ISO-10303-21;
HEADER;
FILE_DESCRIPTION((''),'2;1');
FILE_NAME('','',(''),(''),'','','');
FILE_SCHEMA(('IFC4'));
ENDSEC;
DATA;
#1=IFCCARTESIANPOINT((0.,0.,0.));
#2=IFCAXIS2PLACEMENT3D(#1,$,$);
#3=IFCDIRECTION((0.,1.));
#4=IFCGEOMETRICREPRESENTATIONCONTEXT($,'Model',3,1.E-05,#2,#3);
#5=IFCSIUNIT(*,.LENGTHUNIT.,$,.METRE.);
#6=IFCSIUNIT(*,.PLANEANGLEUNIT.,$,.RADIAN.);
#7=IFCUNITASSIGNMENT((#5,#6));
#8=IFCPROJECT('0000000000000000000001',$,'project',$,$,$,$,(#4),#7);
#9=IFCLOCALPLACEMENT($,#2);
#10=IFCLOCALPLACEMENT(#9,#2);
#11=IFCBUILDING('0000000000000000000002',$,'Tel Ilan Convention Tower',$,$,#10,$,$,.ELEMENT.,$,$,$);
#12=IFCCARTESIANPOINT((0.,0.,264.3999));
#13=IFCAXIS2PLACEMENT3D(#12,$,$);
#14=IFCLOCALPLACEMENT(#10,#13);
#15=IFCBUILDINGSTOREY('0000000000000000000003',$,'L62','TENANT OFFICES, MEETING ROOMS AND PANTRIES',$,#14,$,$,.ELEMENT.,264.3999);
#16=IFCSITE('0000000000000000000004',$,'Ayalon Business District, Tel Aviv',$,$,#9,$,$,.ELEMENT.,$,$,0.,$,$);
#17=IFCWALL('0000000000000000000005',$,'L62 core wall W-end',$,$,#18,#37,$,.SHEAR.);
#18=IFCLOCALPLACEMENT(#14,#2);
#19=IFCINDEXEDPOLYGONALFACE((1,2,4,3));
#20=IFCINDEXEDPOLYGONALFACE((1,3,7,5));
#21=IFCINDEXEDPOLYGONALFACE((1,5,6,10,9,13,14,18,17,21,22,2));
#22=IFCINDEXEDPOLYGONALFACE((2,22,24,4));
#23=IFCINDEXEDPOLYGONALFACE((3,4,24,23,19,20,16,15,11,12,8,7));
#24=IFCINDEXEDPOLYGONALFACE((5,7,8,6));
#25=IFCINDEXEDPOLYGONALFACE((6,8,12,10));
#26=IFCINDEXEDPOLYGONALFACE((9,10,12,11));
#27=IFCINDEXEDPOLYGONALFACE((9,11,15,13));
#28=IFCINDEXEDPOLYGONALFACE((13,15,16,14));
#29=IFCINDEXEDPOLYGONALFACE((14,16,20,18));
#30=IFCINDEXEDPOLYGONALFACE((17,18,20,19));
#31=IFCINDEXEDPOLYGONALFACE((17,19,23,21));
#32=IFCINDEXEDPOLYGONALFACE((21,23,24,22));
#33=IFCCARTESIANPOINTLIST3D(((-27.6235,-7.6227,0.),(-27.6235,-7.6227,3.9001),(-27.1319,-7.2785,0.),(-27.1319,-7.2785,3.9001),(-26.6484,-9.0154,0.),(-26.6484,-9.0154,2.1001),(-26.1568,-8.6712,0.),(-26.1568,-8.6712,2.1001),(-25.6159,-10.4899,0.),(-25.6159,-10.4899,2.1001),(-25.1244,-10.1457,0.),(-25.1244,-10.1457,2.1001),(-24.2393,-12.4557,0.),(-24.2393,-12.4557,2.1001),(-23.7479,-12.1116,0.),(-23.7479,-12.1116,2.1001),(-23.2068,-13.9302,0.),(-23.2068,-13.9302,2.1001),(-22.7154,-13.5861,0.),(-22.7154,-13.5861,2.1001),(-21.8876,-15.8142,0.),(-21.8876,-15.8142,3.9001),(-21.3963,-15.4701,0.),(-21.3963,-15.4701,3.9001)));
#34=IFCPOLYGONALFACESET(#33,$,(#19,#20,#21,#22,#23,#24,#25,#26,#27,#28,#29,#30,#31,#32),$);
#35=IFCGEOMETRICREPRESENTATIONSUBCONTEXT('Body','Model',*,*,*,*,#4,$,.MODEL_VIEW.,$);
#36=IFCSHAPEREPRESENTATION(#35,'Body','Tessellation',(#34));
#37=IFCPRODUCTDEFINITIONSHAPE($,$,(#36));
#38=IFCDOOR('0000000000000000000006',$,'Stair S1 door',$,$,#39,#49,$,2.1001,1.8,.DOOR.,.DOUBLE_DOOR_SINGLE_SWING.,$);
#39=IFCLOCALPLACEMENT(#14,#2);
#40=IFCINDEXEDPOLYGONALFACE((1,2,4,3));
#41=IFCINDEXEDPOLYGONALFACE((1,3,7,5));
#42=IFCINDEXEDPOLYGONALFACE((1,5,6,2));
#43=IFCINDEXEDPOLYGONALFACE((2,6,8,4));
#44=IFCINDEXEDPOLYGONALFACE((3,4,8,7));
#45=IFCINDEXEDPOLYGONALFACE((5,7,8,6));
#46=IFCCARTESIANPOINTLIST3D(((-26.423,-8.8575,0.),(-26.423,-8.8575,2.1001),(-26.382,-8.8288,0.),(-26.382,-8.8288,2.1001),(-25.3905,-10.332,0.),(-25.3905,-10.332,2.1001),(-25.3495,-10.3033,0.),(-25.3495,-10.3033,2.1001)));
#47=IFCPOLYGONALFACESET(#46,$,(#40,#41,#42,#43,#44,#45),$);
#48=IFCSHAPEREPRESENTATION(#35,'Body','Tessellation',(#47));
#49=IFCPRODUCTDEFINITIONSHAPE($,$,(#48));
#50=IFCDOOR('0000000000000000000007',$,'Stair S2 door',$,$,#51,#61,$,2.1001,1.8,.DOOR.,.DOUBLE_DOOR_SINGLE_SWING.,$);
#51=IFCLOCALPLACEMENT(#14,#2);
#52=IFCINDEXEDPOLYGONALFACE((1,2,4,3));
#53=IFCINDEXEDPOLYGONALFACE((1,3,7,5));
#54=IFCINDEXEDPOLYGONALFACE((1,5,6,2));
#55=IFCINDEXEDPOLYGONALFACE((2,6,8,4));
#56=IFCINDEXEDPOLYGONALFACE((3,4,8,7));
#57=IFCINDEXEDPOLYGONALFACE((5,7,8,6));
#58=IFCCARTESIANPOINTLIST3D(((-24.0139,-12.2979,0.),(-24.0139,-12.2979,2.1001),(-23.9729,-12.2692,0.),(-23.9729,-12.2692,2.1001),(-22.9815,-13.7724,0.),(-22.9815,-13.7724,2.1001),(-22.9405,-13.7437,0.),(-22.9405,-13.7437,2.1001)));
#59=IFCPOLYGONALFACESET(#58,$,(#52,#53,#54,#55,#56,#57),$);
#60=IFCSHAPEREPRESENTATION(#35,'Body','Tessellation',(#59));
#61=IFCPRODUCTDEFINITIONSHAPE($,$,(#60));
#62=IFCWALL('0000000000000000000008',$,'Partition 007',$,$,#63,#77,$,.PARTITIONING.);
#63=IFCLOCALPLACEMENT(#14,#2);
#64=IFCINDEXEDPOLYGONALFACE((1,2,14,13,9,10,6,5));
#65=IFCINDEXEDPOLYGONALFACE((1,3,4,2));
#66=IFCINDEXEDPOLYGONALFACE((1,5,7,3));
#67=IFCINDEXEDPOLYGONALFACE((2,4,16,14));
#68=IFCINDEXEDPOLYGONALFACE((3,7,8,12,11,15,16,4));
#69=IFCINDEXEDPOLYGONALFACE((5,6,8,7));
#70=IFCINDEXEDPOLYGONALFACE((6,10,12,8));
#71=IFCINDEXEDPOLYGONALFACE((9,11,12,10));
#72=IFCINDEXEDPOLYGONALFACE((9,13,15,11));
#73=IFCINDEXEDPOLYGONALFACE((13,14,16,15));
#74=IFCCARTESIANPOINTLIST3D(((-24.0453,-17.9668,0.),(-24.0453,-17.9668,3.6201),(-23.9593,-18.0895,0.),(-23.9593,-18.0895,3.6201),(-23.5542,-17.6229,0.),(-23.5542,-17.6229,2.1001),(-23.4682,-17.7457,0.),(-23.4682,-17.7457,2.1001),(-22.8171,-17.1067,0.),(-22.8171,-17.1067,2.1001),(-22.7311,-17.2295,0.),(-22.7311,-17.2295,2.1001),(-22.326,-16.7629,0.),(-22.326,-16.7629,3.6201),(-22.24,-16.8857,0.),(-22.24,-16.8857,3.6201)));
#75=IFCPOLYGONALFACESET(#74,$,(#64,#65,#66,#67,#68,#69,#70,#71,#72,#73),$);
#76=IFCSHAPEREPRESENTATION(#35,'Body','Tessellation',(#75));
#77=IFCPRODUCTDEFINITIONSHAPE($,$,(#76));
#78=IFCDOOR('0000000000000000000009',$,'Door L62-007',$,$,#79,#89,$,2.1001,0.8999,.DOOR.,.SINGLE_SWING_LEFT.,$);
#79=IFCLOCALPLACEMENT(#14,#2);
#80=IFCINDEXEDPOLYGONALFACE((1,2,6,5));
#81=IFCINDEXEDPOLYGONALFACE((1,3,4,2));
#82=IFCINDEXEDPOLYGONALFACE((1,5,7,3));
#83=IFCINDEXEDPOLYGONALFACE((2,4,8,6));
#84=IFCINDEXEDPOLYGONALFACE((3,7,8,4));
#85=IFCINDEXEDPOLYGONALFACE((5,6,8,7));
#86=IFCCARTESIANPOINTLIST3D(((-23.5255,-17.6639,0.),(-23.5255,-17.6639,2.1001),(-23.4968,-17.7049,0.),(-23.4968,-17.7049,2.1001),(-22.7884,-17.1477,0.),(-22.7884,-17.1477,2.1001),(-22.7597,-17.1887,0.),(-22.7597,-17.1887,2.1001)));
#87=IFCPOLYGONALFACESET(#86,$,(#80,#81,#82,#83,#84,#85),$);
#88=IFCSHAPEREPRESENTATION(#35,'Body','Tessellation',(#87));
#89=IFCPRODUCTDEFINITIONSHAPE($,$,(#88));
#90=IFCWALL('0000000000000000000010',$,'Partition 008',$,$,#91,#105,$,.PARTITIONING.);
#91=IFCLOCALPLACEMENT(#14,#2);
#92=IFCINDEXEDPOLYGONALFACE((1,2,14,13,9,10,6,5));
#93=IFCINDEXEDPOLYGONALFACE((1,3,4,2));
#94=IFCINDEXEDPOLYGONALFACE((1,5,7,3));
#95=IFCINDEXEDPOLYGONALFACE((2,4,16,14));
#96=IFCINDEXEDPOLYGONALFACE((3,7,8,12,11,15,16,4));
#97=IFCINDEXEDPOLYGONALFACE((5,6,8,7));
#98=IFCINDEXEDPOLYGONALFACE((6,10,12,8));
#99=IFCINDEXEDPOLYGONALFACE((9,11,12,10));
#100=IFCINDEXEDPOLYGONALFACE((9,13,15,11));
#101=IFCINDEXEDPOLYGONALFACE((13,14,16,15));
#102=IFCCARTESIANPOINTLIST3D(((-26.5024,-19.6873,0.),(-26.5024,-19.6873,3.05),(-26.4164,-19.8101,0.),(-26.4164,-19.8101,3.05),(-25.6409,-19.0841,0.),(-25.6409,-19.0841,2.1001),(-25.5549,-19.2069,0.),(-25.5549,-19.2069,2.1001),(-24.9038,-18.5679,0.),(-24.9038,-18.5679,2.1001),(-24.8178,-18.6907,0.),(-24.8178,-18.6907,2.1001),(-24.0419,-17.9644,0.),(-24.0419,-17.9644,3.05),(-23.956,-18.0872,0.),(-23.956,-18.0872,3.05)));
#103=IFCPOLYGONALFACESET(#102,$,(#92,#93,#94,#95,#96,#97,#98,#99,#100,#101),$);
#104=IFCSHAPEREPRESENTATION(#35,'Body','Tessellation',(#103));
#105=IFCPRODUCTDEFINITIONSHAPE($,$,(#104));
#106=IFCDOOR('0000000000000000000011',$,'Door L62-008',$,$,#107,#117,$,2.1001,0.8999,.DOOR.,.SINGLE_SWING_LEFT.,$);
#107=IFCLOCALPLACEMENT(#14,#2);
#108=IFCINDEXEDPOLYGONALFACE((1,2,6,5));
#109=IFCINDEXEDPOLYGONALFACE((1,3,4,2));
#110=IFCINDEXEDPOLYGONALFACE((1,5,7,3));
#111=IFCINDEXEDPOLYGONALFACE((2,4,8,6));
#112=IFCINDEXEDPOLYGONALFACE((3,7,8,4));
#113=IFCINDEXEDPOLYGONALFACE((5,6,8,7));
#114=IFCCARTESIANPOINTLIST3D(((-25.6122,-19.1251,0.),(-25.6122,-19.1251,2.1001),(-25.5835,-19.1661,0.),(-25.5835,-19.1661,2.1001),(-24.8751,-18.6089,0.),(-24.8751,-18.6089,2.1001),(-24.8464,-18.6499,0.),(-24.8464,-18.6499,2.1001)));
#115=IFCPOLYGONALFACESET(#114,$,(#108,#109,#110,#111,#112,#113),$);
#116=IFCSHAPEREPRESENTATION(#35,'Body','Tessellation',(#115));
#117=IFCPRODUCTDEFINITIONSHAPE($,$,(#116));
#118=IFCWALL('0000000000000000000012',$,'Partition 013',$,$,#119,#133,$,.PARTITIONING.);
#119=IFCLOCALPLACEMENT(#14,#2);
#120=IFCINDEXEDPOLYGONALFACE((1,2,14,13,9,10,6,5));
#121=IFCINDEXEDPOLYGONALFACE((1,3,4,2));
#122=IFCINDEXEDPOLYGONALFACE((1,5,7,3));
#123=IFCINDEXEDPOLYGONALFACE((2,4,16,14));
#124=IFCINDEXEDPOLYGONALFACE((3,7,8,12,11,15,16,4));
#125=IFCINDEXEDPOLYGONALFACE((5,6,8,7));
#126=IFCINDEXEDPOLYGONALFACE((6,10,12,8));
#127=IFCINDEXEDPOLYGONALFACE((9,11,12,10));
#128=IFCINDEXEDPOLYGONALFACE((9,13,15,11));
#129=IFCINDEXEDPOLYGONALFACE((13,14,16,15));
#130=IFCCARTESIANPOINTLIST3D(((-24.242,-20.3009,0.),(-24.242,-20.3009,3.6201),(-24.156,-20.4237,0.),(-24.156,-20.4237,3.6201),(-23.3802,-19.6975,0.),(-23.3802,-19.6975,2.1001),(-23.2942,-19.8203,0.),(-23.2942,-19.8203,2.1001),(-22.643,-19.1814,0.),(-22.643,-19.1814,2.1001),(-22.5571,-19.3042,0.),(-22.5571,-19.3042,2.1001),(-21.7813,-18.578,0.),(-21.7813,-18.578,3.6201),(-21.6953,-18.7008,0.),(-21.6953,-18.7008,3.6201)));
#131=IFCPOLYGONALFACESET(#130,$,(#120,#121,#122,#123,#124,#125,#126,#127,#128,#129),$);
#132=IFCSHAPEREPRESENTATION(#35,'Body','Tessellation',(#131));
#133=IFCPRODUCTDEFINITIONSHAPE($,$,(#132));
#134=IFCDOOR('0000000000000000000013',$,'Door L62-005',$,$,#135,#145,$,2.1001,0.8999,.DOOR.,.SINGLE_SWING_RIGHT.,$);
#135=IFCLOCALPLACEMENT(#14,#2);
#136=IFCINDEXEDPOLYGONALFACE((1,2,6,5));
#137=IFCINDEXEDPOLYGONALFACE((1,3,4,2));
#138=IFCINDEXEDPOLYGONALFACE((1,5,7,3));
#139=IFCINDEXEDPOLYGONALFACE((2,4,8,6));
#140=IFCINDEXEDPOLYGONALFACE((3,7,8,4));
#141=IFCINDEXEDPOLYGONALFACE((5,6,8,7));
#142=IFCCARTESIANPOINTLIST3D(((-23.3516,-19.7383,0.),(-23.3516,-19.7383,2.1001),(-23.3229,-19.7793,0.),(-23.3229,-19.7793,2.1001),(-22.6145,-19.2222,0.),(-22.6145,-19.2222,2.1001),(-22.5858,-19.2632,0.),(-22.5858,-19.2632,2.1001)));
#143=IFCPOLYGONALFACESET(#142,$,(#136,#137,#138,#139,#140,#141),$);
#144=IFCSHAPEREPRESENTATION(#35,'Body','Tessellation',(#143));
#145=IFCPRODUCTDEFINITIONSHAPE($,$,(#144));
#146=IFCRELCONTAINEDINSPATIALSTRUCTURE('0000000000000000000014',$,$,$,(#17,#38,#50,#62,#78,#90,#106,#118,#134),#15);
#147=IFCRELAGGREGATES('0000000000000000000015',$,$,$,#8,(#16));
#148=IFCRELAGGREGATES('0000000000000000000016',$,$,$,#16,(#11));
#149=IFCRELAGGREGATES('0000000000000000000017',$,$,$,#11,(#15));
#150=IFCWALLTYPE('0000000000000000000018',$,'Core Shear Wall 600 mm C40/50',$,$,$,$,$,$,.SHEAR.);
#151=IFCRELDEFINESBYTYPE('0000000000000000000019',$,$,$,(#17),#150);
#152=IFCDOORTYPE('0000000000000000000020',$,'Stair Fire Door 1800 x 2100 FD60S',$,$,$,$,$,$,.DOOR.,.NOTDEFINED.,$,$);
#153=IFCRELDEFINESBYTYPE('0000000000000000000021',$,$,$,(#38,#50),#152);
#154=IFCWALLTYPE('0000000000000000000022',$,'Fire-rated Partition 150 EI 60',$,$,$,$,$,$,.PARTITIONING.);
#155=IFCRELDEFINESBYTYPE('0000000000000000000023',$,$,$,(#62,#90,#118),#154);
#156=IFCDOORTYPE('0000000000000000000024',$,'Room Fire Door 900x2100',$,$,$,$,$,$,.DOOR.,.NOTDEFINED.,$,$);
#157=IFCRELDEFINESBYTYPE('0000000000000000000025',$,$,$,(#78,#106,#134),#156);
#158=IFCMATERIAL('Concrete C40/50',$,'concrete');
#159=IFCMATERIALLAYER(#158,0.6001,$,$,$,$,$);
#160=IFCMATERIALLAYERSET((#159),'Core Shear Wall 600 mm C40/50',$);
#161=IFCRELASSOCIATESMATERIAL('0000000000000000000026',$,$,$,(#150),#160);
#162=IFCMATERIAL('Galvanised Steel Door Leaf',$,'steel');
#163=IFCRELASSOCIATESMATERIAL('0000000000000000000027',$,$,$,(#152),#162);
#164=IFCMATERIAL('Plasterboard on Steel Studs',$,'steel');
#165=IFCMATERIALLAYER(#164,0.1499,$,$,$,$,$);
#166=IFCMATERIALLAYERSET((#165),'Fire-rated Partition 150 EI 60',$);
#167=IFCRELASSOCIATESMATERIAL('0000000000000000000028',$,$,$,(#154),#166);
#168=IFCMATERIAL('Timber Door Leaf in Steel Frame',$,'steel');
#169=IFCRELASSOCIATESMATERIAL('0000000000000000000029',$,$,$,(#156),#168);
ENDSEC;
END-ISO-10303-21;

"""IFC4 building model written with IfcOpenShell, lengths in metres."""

from ifc_helpers import new_model, si_unit, direction, frame, frame_2d, origin, place, context, subcontext, project, spatial, polyline, rectangle, outline, extrude, material, layer, layer_set, type_object, element, fill, save


model = new_model("IFC4")

# Units and contexts
model_context = context("Model", 3, precision=1e-05, world=origin(), true_north=direction((0.0, 1.0)))
body_context = subcontext(model_context, "Body", "Model", "MODEL_VIEW")
ifc_project = project(units=[si_unit("LENGTHUNIT", "METRE"), si_unit("PLANEANGLEUNIT", "RADIAN")], contexts=[model_context])

# Site, building, storey
site_placement = place(None, origin())
site = spatial("IfcSite", under=ifc_project, at=site_placement, Name="Ayalon Business District, Tel Aviv", CompositionType="ELEMENT", RefElevation=0.0)
building_placement = place(site_placement, origin())
building = spatial("IfcBuilding", under=site, at=building_placement, Name="Tel Ilan Convention Tower", CompositionType="ELEMENT")
storey_placement = place(building_placement, frame((0.0, 0.0, 264.3999)))
storey = spatial("IfcBuildingStorey", under=building, at=storey_placement, Name="L62", Description="TENANT OFFICES, MEETING ROOMS AND PANTRIES", CompositionType="ELEMENT", Elevation=264.3999)

# Wall, openings, doors
ifc_material_1 = material(Name="Concrete C40/50", Category="concrete")
ifc_layer_1 = layer(ifc_material_1, 0.6001)
ifc_layer_set_1 = layer_set([ifc_layer_1], Name="Core Shear Wall 600 mm C40/50")
wall_type_1 = type_object("IfcWallType", Name="Core Shear Wall 600 mm C40/50", PredefinedType="SHEAR", material=ifc_layer_set_1)
wall_1_placement = place(storey_placement, frame((-21.6418, -15.6421, 0.0), z_axis=(0.0, 0.0, 1.0), x_axis=(-0.573587, 0.819145, 0.0)))
wall_1 = element("IfcWall", 1, at=wall_1_placement, inside=storey, type_object=wall_type_1, Name="L62 core wall W-end", PredefinedType="SHEAR", context=body_context, shape_type="SweptSolid", body=[
    extrude(outline(polyline([(0.0, 0.3), (0.0, -0.2998), (10.0, -0.3), (10.0, 0.3), (0.0, 0.3)])), origin(), (0.0, 0.0, 1.0), 3.9001),
])
opening_1_placement = place(wall_1_placement, frame((6.5, 0.0, 0.0)))
opening_1 = element("IfcOpeningElement", 2, at=opening_1_placement, cuts=wall_1, PredefinedType="OPENING", context=body_context, shape_type="SweptSolid", body=[
    extrude(rectangle(XDim=1.8, YDim=2.1001, at=frame_2d((0.8999, 1.05))), frame((0.0, 0.3101, 0.0), z_axis=(0.0, -1.0, 0.0), x_axis=(1.0, 0.0, 0.0)), (0.0, 0.0, 1.0), 0.6201),
])
opening_2_placement = place(wall_1_placement, frame((2.3, 0.0, 0.0)))
opening_2 = element("IfcOpeningElement", 3, at=opening_2_placement, cuts=wall_1, PredefinedType="OPENING", context=body_context, shape_type="SweptSolid", body=[
    extrude(rectangle(XDim=1.8, YDim=2.1001, at=frame_2d((0.8999, 1.05))), frame((0.0, 0.3101, 0.0), z_axis=(0.0, -1.0, 0.0), x_axis=(1.0, 0.0, 0.0)), (0.0, 0.0, 1.0), 0.6201),
])
ifc_material_2 = material(Name="Galvanised Steel Door Leaf", Category="steel")
door_type_1 = type_object("IfcDoorType", Name="Stair Fire Door 1800 x 2100 FD60S", OperationType="NOTDEFINED", PredefinedType="DOOR", material=ifc_material_2)
door_1_placement = place(opening_1_placement, origin())
door_1 = element("IfcDoor", 4, at=door_1_placement, inside=storey, type_object=door_type_1, Name="Stair S1 door", OperationType="DOUBLE_DOOR_SINGLE_SWING", OverallHeight=2.1001, OverallWidth=1.8, PredefinedType="DOOR", context=body_context, shape_type="SweptSolid", body=[
    extrude(rectangle(XDim=1.8, YDim=2.1001, at=frame_2d((0.8999, 1.05))), frame((0.0, 0.0249, 0.0), z_axis=(0.0, -1.0, 0.0), x_axis=(1.0, 0.0, 0.0)), (0.0, 0.0, 1.0), 0.05),
])
fill(opening_1, door_1)
door_2_placement = place(opening_2_placement, origin())
door_2 = element("IfcDoor", 5, at=door_2_placement, inside=storey, type_object=door_type_1, Name="Stair S2 door", OperationType="DOUBLE_DOOR_SINGLE_SWING", OverallHeight=2.1001, OverallWidth=1.8, PredefinedType="DOOR", context=body_context, shape_type="SweptSolid", body=[
    extrude(rectangle(XDim=1.8, YDim=2.1001, at=frame_2d((0.8999, 1.05))), frame((0.0, 0.0249, 0.0), z_axis=(0.0, -1.0, 0.0), x_axis=(1.0, 0.0, 0.0)), (0.0, 0.0, 1.0), 0.05),
])
fill(opening_2, door_2)

# Walls, openings, doors
ifc_material_3 = material(Name="Plasterboard on Steel Studs", Category="steel")
ifc_layer_2 = layer(ifc_material_3, 0.1499)
ifc_layer_set_2 = layer_set([ifc_layer_2], Name="Fire-rated Partition 150 EI 60")
wall_type_2 = type_object("IfcWallType", Name="Fire-rated Partition 150 EI 60", PredefinedType="PARTITIONING", material=ifc_layer_set_2)
wall_2_placement = place(storey_placement, frame((-24.0022, -18.0281, 0.0), z_axis=(0.0, 0.0, 1.0), x_axis=(0.819144, 0.573587, 0.0)))
wall_2 = element("IfcWall", 6, at=wall_2_placement, inside=storey, type_object=wall_type_2, Name="Partition 007", PredefinedType="PARTITIONING", context=body_context, shape_type="SweptSolid", body=[
    extrude(rectangle(XDim=2.0989, YDim=0.1499, at=frame_2d((1.0493, 0.0))), origin(), (0.0, 0.0, 1.0), 3.6201),
])
opening_3_placement = place(wall_2_placement, frame((0.5994, 0.0, 0.0)))
opening_3 = element("IfcOpeningElement", 7, at=opening_3_placement, cuts=wall_2, PredefinedType="OPENING", context=body_context, shape_type="SweptSolid", body=[
    extrude(rectangle(XDim=0.8999, YDim=2.1001, at=frame_2d((0.45, 1.05))), frame((0.0, 0.085, 0.0), z_axis=(0.0, -1.0, 0.0), x_axis=(1.0, 0.0, 0.0)), (0.0, 0.0, 1.0), 0.1699),
])
ifc_material_4 = material(Name="Timber Door Leaf in Steel Frame", Category="steel")
door_type_2 = type_object("IfcDoorType", Name="Room Fire Door 900x2100", OperationType="NOTDEFINED", PredefinedType="DOOR", material=ifc_material_4)
door_3_placement = place(opening_3_placement, origin())
door_3 = element("IfcDoor", 8, at=door_3_placement, inside=storey, type_object=door_type_2, Name="Door L62-007", OperationType="SINGLE_SWING_LEFT", OverallHeight=2.1001, OverallWidth=0.8999, PredefinedType="DOOR", context=body_context, shape_type="SweptSolid", body=[
    extrude(rectangle(XDim=0.8999, YDim=2.1001, at=frame_2d((0.45, 1.05))), frame((0.0, 0.0249, 0.0), z_axis=(0.0, -1.0, 0.0), x_axis=(1.0, 0.0, 0.0)), (0.0, 0.0, 1.0), 0.05),
])
fill(opening_3, door_3)
wall_3_placement = place(storey_placement, frame((-26.4595, -19.7488, 0.0), z_axis=(0.0, 0.0, 1.0), x_axis=(0.81914, 0.573593, 0.0)))
wall_3 = element("IfcWall", 9, at=wall_3_placement, inside=storey, type_object=wall_type_2, Name="Partition 008", PredefinedType="PARTITIONING", context=body_context, shape_type="SweptSolid", body=[
    extrude(rectangle(XDim=3.0037, YDim=0.1499, at=frame_2d((1.502, 0.0))), origin(), (0.0, 0.0, 1.0), 3.05),
])
opening_4_placement = place(wall_3_placement, frame((1.0518, 0.0, 0.0)))
opening_4 = element("IfcOpeningElement", 10, at=opening_4_placement, cuts=wall_3, PredefinedType="OPENING", context=body_context, shape_type="SweptSolid", body=[
    extrude(rectangle(XDim=0.8999, YDim=2.1001, at=frame_2d((0.45, 1.05))), frame((0.0, 0.085, 0.0), z_axis=(0.0, -1.0, 0.0), x_axis=(1.0, 0.0, 0.0)), (0.0, 0.0, 1.0), 0.1699),
])
door_4_placement = place(opening_4_placement, origin())
door_4 = element("IfcDoor", 11, at=door_4_placement, inside=storey, type_object=door_type_2, Name="Door L62-008", OperationType="SINGLE_SWING_LEFT", OverallHeight=2.1001, OverallWidth=0.8999, PredefinedType="DOOR", context=body_context, shape_type="SweptSolid", body=[
    extrude(rectangle(XDim=0.8999, YDim=2.1001, at=frame_2d((0.45, 1.05))), frame((0.0, 0.0249, 0.0), z_axis=(0.0, -1.0, 0.0), x_axis=(1.0, 0.0, 0.0)), (0.0, 0.0, 1.0), 0.05),
])
fill(opening_4, door_4)
wall_4_placement = place(storey_placement, frame((-21.7383, -18.6394, 0.0), z_axis=(0.0, 0.0, 1.0), x_axis=(-0.819167, -0.573555, 0.0)))
wall_4 = element("IfcWall", 12, at=wall_4_placement, inside=storey, type_object=wall_type_2, Name="Partition 013", PredefinedType="PARTITIONING", context=body_context, shape_type="SweptSolid", body=[
    extrude(rectangle(XDim=3.0039, YDim=0.1499, at=frame_2d((1.502, 0.0))), origin(), (0.0, 0.0, 1.0), 3.6201),
])
opening_5_placement = place(wall_4_placement, frame((1.052, 0.0, 0.0)))
opening_5 = element("IfcOpeningElement", 13, at=opening_5_placement, cuts=wall_4, PredefinedType="OPENING", context=body_context, shape_type="SweptSolid", body=[
    extrude(rectangle(XDim=0.8999, YDim=2.1001, at=frame_2d((0.45, 1.05))), frame((0.0, 0.085, 0.0), z_axis=(0.0, -1.0, 0.0), x_axis=(1.0, 0.0, 0.0)), (0.0, 0.0, 1.0), 0.1699),
])
door_5_placement = place(opening_5_placement, origin())
door_5 = element("IfcDoor", 14, at=door_5_placement, inside=storey, type_object=door_type_2, Name="Door L62-005", OperationType="SINGLE_SWING_RIGHT", OverallHeight=2.1001, OverallWidth=0.8999, PredefinedType="DOOR", context=body_context, shape_type="SweptSolid", body=[
    extrude(rectangle(XDim=0.8999, YDim=2.1001, at=frame_2d((0.45, 1.05))), frame((0.0, 0.0249, 0.0), z_axis=(0.0, -1.0, 0.0), x_axis=(1.0, 0.0, 0.0)), (0.0, 0.0, 1.0), 0.05),
])
fill(opening_5, door_5)

save(model, "model.ifc")
